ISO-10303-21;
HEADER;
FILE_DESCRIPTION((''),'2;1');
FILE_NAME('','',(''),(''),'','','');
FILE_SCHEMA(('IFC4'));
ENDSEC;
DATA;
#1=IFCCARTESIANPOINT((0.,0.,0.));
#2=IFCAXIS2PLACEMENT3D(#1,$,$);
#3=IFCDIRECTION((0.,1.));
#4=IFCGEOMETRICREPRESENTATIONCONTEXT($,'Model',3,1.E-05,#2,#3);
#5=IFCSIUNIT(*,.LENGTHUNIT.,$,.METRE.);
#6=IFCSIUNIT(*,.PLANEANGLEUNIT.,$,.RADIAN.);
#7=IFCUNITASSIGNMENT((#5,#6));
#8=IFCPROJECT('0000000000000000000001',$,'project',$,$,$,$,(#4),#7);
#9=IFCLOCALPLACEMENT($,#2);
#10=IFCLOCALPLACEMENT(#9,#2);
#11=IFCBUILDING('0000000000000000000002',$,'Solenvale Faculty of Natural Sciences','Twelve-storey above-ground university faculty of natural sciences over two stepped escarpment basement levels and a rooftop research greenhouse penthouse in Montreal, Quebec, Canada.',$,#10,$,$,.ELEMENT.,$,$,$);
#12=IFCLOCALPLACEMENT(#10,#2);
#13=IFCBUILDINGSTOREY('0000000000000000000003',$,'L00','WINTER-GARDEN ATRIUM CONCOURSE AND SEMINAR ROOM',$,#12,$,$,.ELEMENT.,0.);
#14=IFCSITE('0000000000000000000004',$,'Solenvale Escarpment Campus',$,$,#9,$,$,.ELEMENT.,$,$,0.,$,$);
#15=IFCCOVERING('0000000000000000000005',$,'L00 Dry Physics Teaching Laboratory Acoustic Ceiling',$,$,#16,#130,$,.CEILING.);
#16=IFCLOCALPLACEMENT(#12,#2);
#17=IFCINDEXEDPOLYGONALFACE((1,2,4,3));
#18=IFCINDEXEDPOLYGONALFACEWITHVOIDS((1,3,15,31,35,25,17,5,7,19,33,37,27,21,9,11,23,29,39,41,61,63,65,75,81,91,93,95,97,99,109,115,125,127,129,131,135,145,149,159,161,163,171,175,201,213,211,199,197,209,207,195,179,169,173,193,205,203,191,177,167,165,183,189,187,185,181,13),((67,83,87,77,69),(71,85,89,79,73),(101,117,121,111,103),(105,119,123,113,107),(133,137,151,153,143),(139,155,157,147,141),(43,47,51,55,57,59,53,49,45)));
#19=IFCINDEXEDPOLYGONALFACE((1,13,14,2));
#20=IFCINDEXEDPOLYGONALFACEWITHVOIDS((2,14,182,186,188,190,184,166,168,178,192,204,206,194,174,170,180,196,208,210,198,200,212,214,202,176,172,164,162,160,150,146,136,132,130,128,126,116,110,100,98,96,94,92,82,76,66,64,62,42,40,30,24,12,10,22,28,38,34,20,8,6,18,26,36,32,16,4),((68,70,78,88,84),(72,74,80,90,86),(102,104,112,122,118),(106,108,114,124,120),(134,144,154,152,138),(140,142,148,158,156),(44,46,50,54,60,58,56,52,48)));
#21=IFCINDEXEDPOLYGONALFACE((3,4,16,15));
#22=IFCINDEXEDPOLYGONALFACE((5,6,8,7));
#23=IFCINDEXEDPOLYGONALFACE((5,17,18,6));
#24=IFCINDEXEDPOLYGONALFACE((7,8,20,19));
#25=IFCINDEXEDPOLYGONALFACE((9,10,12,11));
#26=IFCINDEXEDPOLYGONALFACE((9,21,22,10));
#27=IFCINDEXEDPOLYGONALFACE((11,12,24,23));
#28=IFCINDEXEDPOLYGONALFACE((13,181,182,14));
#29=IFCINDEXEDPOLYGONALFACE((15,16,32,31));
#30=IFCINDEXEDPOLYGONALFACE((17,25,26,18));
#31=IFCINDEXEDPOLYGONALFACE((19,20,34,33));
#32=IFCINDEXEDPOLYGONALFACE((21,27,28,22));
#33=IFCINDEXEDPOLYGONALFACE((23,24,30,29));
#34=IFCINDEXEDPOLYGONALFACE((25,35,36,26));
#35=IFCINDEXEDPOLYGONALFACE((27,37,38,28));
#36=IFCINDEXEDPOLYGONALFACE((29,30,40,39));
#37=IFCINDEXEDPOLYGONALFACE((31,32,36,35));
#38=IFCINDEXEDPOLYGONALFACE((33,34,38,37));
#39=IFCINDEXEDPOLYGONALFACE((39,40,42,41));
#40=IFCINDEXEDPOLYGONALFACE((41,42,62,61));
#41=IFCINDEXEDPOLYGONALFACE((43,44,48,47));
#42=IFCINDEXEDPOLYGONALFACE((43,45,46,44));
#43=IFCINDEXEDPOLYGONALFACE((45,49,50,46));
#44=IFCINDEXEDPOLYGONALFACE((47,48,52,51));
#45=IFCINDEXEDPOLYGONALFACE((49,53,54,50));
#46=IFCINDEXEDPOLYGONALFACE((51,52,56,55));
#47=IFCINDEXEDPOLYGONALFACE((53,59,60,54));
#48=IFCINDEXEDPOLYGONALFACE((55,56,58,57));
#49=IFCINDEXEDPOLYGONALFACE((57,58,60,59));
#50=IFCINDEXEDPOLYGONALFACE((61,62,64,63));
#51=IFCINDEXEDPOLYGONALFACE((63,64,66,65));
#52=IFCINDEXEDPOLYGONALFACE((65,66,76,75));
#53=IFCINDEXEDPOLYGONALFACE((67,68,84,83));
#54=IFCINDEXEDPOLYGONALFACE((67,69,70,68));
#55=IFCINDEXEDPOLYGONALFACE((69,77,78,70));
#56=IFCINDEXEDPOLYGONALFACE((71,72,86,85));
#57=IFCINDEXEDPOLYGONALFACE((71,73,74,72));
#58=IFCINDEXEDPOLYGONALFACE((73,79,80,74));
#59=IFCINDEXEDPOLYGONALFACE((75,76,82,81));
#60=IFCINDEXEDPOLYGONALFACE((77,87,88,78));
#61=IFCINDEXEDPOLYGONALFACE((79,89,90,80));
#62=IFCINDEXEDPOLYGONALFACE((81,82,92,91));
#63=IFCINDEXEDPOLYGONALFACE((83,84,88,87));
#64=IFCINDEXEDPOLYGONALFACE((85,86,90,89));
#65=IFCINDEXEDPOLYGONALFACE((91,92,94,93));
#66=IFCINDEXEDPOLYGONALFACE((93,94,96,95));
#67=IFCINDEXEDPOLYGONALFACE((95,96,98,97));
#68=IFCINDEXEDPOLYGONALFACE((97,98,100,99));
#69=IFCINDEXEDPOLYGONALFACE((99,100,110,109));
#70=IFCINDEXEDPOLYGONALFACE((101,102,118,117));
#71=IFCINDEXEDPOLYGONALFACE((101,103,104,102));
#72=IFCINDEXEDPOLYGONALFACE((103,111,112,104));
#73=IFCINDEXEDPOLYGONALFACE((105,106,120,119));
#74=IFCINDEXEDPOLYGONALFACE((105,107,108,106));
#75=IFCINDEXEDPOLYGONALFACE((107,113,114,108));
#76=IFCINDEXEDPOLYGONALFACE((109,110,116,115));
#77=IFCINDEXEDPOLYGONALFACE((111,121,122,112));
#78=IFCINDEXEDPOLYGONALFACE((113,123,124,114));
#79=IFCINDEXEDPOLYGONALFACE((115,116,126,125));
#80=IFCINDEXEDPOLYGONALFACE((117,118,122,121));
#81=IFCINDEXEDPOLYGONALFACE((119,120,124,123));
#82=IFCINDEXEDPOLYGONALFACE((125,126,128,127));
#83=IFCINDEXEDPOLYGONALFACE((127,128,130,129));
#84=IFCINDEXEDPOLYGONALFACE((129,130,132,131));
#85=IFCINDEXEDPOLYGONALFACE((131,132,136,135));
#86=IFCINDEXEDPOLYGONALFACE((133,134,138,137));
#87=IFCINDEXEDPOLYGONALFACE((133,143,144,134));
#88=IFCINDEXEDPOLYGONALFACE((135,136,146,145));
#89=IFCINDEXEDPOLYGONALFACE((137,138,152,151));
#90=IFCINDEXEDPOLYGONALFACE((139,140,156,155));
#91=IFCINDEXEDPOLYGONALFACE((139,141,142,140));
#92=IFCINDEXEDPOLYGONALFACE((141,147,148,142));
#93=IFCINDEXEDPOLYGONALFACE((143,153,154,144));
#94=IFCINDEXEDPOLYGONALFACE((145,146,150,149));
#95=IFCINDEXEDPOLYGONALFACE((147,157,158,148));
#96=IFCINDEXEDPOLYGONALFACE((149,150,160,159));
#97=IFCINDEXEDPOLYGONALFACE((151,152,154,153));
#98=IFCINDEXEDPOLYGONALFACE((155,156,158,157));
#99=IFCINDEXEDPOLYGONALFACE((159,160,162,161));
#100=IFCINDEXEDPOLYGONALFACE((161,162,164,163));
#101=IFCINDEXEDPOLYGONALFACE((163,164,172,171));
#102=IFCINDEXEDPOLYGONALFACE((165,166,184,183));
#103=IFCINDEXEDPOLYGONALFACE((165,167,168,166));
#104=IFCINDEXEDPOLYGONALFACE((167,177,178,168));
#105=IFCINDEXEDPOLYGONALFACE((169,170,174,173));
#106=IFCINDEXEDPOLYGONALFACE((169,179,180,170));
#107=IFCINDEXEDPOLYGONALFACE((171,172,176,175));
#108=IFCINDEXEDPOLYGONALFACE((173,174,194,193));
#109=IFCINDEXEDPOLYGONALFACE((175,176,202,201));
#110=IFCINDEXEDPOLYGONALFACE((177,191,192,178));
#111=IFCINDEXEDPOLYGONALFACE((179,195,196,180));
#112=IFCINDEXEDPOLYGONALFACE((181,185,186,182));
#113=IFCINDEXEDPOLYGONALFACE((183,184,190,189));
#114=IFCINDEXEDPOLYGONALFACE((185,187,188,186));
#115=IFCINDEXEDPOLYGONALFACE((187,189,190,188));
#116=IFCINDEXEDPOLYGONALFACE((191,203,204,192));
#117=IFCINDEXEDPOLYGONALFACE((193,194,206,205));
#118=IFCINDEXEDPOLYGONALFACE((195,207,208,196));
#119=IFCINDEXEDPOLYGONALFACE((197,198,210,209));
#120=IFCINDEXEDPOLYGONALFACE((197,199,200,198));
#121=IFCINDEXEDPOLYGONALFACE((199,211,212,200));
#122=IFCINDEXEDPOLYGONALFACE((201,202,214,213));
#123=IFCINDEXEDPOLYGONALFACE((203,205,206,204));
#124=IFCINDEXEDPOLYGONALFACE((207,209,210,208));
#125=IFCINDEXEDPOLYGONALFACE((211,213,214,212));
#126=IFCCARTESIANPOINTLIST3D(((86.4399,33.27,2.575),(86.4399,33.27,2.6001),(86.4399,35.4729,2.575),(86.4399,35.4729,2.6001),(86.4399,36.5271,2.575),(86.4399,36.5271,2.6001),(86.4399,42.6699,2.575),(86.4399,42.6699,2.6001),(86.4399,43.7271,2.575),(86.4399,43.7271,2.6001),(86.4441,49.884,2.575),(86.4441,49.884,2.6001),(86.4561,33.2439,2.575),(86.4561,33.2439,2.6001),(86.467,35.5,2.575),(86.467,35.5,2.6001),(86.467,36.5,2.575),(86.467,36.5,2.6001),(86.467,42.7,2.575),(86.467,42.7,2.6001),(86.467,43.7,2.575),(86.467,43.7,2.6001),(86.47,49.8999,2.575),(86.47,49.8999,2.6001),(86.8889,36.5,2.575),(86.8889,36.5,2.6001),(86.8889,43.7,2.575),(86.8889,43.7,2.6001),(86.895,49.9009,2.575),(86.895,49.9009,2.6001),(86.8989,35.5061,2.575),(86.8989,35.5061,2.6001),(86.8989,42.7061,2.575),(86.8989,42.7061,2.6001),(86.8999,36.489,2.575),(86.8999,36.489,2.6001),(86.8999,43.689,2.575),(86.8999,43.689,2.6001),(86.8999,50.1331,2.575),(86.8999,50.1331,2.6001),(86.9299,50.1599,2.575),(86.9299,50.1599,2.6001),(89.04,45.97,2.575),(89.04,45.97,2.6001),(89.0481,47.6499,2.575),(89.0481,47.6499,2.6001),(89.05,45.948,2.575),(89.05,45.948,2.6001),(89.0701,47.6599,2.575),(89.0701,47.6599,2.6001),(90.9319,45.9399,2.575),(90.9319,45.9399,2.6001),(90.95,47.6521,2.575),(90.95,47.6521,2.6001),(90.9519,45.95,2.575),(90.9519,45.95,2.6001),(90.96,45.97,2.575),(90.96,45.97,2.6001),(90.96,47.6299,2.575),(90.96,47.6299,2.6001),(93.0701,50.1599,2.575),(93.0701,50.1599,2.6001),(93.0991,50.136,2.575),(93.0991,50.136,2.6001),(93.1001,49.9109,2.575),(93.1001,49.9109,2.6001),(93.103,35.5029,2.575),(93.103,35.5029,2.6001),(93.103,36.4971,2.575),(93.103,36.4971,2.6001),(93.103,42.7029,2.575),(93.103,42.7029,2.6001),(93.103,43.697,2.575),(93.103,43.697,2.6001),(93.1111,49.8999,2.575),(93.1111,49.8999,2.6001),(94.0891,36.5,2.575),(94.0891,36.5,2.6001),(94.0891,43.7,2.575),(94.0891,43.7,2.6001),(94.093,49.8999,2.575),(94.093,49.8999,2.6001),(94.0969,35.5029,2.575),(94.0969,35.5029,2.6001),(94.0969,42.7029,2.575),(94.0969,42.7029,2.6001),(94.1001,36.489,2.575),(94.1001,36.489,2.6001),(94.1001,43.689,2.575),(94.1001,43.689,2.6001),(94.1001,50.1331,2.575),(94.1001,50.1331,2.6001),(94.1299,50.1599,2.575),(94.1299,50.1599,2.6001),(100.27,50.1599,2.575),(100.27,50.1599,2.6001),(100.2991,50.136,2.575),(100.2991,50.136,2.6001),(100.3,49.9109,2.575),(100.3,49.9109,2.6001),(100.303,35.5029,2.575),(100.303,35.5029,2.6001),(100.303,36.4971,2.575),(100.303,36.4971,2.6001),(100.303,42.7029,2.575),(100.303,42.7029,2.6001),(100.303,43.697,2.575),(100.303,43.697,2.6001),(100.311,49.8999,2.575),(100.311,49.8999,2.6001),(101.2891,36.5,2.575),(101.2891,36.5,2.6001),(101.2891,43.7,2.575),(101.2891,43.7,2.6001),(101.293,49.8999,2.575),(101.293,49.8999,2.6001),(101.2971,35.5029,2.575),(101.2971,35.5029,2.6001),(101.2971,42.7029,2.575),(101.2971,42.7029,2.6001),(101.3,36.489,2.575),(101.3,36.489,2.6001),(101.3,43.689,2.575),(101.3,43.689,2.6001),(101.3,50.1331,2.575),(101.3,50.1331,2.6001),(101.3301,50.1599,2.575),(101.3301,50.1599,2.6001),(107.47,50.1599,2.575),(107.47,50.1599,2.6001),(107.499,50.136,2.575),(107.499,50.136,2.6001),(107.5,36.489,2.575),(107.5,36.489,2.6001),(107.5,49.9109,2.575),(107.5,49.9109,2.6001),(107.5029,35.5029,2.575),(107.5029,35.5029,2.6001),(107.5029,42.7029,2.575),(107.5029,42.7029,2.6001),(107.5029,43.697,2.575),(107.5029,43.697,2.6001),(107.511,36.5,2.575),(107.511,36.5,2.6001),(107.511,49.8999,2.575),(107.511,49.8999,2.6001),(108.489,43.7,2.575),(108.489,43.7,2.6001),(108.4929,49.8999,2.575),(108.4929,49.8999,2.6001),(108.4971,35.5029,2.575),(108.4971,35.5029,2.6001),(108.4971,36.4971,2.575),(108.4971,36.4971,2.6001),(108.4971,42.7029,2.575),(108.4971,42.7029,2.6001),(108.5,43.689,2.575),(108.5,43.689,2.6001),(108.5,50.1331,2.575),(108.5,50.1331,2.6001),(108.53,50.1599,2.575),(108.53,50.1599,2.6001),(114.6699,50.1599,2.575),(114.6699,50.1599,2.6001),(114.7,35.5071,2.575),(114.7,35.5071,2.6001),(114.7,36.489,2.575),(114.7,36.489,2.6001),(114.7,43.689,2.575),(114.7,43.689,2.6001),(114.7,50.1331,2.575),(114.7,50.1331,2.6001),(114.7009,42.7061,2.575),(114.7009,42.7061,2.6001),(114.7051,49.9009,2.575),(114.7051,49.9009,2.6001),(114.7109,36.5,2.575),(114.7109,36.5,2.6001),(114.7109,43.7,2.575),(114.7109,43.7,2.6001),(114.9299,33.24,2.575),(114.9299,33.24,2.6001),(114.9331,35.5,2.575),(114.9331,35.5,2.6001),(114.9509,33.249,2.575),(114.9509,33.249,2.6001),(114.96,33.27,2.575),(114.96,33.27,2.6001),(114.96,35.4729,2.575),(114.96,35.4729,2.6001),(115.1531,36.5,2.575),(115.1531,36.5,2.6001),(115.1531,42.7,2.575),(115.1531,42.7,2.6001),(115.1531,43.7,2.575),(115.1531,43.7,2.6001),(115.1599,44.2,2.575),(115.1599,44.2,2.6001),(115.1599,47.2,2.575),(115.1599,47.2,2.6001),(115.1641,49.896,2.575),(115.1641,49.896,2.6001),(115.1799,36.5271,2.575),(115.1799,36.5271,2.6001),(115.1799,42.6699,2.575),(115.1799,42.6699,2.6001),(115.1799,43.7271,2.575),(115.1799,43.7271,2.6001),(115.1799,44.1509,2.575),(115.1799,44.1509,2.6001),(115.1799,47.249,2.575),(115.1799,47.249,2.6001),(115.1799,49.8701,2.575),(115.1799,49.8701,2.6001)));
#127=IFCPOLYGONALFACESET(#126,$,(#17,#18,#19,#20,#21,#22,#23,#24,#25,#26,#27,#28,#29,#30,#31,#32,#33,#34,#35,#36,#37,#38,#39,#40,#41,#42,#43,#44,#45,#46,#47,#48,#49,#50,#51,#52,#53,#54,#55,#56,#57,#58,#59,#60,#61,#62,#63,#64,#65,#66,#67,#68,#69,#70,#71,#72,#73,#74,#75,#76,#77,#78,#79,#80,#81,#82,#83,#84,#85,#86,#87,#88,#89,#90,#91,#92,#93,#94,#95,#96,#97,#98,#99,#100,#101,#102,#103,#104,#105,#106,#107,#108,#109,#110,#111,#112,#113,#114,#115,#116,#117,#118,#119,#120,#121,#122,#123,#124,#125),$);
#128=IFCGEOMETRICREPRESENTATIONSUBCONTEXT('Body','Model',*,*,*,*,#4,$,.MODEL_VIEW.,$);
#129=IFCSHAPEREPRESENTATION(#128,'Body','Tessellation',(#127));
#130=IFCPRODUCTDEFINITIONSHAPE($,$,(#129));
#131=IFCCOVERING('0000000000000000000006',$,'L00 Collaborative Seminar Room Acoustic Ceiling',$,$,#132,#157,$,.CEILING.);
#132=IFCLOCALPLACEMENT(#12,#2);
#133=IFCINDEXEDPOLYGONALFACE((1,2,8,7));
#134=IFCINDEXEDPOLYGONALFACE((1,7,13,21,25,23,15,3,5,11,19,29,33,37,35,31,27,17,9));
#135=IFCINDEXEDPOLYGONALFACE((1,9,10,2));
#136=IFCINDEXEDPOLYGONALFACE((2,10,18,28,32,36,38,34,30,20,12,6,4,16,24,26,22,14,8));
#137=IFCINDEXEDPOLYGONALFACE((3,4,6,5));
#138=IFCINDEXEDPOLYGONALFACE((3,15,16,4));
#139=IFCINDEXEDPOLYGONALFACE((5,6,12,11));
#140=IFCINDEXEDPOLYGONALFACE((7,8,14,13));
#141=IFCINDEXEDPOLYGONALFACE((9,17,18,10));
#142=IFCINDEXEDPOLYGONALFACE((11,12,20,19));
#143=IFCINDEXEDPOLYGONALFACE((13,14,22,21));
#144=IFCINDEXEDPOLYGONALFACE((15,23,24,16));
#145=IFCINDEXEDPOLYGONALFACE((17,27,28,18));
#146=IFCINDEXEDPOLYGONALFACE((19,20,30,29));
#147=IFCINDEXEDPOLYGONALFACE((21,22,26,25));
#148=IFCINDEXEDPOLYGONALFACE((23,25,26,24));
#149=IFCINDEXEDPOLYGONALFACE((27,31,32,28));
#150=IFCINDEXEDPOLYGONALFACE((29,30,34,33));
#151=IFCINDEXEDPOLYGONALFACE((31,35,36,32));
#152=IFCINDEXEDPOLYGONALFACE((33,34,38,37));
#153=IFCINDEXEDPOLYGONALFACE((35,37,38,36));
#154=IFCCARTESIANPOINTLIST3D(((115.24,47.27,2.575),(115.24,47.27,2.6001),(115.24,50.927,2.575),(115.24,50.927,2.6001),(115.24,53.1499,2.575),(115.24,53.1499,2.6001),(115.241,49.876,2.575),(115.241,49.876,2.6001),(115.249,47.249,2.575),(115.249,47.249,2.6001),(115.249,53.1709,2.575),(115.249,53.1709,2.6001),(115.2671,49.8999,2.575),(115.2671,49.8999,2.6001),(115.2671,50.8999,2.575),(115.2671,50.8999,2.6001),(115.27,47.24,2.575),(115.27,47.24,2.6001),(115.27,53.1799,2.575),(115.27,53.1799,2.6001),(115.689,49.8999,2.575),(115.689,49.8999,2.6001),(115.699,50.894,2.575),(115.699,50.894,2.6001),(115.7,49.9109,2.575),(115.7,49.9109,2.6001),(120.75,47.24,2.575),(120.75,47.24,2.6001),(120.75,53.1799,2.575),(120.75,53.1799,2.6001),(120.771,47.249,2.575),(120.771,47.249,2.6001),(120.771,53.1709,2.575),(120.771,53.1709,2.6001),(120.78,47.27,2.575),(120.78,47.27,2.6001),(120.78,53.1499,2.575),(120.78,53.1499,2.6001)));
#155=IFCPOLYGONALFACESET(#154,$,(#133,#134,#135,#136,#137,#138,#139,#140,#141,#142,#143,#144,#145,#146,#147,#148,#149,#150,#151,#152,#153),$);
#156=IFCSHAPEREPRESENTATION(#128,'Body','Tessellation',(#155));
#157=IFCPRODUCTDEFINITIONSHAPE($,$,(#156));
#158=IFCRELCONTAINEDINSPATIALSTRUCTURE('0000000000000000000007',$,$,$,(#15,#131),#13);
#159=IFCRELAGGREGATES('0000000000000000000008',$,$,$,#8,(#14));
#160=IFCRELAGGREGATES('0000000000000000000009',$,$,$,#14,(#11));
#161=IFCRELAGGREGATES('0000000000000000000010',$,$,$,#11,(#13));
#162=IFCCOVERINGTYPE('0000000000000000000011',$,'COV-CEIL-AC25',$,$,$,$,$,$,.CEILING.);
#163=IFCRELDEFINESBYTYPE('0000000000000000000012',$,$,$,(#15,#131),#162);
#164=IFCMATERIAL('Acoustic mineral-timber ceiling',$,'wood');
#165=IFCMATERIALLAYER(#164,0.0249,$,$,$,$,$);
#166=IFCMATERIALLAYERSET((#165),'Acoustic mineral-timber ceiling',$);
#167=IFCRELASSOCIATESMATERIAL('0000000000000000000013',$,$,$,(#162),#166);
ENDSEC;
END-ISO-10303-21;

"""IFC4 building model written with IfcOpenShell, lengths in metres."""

from ifc_helpers import new_model, si_unit, direction, frame, origin, place, context, subcontext, project, spatial, polyline, outline, extrude, material, layer, layer_set, type_object, element, save


model = new_model("IFC4")

# Units and contexts
model_context = context("Model", 3, precision=1e-05, world=origin(), true_north=direction((0.0, 1.0)))
body_context = subcontext(model_context, "Body", "Model", "MODEL_VIEW")
ifc_project = project(units=[si_unit("LENGTHUNIT", "METRE"), si_unit("PLANEANGLEUNIT", "RADIAN")], contexts=[model_context])

# Site, building, storey
site_placement = place(None, origin())
site = spatial("IfcSite", under=ifc_project, at=site_placement, Name="Solenvale Escarpment Campus", CompositionType="ELEMENT", RefElevation=0.0)
building_placement = place(site_placement, origin())
building = spatial("IfcBuilding", under=site, at=building_placement, Name="Solenvale Faculty of Natural Sciences", Description="Twelve-storey above-ground university faculty of natural sciences over two stepped escarpment basement levels and a rooftop research greenhouse penthouse in Montreal, Quebec, Canada.", CompositionType="ELEMENT")
storey_placement = place(building_placement, origin())
storey = spatial("IfcBuildingStorey", under=building, at=storey_placement, Name="L00", Description="WINTER-GARDEN ATRIUM CONCOURSE AND SEMINAR ROOM", CompositionType="ELEMENT", Elevation=0.0)

# Coverings
ifc_material_1 = material(Name="Acoustic mineral-timber ceiling", Category="wood")
ifc_layer_1 = layer(ifc_material_1, 0.0249)
ifc_layer_set_1 = layer_set([ifc_layer_1], Name="Acoustic mineral-timber ceiling")
covering_type_1 = type_object("IfcCoveringType", Name="COV-CEIL-AC25", PredefinedType="CEILING", material=ifc_layer_set_1)
covering_1_placement = place(storey_placement, frame((0.0, 0.0, 2.575)))
element("IfcCovering", 1, at=covering_1_placement, inside=storey, type_object=covering_type_1, Name="L00 Dry Physics Teaching Laboratory Acoustic Ceiling", PredefinedType="CEILING", context=body_context, shape_type="SweptSolid", body=[
    extrude(outline(polyline([(114.96, 33.27), (114.9509, 33.249), (114.9299, 33.24), (86.4561, 33.2439), (86.4399, 33.27), (86.4399, 35.4729), (86.467, 35.5), (86.8989, 35.5061), (86.8999, 36.489), (86.8889, 36.5), (86.467, 36.5), (86.4399, 36.5271), (86.4399, 42.6699), (86.467, 42.7), (86.8989, 42.7061), (86.8999, 43.689), (86.8889, 43.7), (86.467, 43.7), (86.4399, 43.7271), (86.4441, 49.884), (86.47, 49.8999), (86.895, 49.9009), (86.8999, 50.1331), (86.9299, 50.1599), (93.0701, 50.1599), (93.0991, 50.136), (93.1001, 49.9109), (93.1111, 49.8999), (94.093, 49.8999), (94.1001, 50.1331), (94.1299, 50.1599), (100.27, 50.1599), (100.2991, 50.136), (100.3, 49.9109), (100.311, 49.8999), (101.293, 49.8999), (101.3, 50.1331), (101.3301, 50.1599), (107.47, 50.1599), (107.499, 50.136), (107.5, 49.9109), (107.511, 49.8999), (108.4929, 49.8999), (108.5, 50.1331), (108.53, 50.1599), (114.6699, 50.1599), (114.7, 50.1331), (114.7051, 49.9009), (115.1641, 49.896), (115.1799, 49.8701), (115.1799, 47.249), (115.1599, 47.2), (115.1599, 44.2), (115.1799, 44.1509), (115.1799, 43.7271), (115.1531, 43.7), (114.7109, 43.7), (114.7, 43.689), (114.7009, 42.7061), (115.1531, 42.7), (115.1799, 42.6699), (115.1799, 36.5271), (115.1531, 36.5), (114.7109, 36.5), (114.7, 36.489), (114.7, 35.5071), (114.9331, 35.5), (114.96, 35.4729), (114.96, 33.27)]), holes=[polyline([(107.511, 36.5), (107.5, 36.489), (107.5029, 35.5029), (108.4971, 35.5029), (108.4971, 36.4971), (107.511, 36.5)]), polyline([(108.5, 43.689), (108.489, 43.7), (107.5029, 43.697), (107.5029, 42.7029), (108.4971, 42.7029), (108.5, 43.689)]), polyline([(101.3, 36.489), (101.2891, 36.5), (100.303, 36.4971), (100.303, 35.5029), (101.2971, 35.5029), (101.3, 36.489)]), polyline([(101.3, 43.689), (101.2891, 43.7), (100.303, 43.697), (100.303, 42.7029), (101.2971, 42.7029), (101.3, 43.689)]), polyline([(94.1001, 36.489), (94.0891, 36.5), (93.103, 36.4971), (93.103, 35.5029), (94.0969, 35.5029), (94.1001, 36.489)]), polyline([(94.1001, 43.689), (94.0891, 43.7), (93.103, 43.697), (93.103, 42.7029), (94.0969, 42.7029), (94.1001, 43.689)]), polyline([(90.9319, 45.9399), (90.9519, 45.95), (90.96, 45.97), (90.96, 47.6299), (90.95, 47.6521), (89.0701, 47.6599), (89.0481, 47.6499), (89.04, 45.97), (89.05, 45.948), (90.9319, 45.9399)])]), origin(), (0.0, 0.0, 1.0), 0.0251),
])
covering_2_placement = place(storey_placement, frame((0.0, 0.0, 2.575)))
element("IfcCovering", 2, at=covering_2_placement, inside=storey, type_object=covering_type_1, Name="L00 Collaborative Seminar Room Acoustic Ceiling", PredefinedType="CEILING", context=body_context, shape_type="SweptSolid", body=[
    extrude(outline(polyline([(120.75, 53.1799), (120.771, 53.1709), (120.78, 53.1499), (120.78, 47.27), (120.771, 47.249), (120.75, 47.24), (115.27, 47.24), (115.249, 47.249), (115.24, 47.27), (115.241, 49.876), (115.2671, 49.8999), (115.689, 49.8999), (115.7, 49.9109), (115.699, 50.894), (115.2671, 50.8999), (115.24, 50.927), (115.24, 53.1499), (115.249, 53.1709), (115.27, 53.1799), (120.75, 53.1799)])), origin(), (0.0, 0.0, 1.0), 0.0251),
])

save(model, "model.ifc")
